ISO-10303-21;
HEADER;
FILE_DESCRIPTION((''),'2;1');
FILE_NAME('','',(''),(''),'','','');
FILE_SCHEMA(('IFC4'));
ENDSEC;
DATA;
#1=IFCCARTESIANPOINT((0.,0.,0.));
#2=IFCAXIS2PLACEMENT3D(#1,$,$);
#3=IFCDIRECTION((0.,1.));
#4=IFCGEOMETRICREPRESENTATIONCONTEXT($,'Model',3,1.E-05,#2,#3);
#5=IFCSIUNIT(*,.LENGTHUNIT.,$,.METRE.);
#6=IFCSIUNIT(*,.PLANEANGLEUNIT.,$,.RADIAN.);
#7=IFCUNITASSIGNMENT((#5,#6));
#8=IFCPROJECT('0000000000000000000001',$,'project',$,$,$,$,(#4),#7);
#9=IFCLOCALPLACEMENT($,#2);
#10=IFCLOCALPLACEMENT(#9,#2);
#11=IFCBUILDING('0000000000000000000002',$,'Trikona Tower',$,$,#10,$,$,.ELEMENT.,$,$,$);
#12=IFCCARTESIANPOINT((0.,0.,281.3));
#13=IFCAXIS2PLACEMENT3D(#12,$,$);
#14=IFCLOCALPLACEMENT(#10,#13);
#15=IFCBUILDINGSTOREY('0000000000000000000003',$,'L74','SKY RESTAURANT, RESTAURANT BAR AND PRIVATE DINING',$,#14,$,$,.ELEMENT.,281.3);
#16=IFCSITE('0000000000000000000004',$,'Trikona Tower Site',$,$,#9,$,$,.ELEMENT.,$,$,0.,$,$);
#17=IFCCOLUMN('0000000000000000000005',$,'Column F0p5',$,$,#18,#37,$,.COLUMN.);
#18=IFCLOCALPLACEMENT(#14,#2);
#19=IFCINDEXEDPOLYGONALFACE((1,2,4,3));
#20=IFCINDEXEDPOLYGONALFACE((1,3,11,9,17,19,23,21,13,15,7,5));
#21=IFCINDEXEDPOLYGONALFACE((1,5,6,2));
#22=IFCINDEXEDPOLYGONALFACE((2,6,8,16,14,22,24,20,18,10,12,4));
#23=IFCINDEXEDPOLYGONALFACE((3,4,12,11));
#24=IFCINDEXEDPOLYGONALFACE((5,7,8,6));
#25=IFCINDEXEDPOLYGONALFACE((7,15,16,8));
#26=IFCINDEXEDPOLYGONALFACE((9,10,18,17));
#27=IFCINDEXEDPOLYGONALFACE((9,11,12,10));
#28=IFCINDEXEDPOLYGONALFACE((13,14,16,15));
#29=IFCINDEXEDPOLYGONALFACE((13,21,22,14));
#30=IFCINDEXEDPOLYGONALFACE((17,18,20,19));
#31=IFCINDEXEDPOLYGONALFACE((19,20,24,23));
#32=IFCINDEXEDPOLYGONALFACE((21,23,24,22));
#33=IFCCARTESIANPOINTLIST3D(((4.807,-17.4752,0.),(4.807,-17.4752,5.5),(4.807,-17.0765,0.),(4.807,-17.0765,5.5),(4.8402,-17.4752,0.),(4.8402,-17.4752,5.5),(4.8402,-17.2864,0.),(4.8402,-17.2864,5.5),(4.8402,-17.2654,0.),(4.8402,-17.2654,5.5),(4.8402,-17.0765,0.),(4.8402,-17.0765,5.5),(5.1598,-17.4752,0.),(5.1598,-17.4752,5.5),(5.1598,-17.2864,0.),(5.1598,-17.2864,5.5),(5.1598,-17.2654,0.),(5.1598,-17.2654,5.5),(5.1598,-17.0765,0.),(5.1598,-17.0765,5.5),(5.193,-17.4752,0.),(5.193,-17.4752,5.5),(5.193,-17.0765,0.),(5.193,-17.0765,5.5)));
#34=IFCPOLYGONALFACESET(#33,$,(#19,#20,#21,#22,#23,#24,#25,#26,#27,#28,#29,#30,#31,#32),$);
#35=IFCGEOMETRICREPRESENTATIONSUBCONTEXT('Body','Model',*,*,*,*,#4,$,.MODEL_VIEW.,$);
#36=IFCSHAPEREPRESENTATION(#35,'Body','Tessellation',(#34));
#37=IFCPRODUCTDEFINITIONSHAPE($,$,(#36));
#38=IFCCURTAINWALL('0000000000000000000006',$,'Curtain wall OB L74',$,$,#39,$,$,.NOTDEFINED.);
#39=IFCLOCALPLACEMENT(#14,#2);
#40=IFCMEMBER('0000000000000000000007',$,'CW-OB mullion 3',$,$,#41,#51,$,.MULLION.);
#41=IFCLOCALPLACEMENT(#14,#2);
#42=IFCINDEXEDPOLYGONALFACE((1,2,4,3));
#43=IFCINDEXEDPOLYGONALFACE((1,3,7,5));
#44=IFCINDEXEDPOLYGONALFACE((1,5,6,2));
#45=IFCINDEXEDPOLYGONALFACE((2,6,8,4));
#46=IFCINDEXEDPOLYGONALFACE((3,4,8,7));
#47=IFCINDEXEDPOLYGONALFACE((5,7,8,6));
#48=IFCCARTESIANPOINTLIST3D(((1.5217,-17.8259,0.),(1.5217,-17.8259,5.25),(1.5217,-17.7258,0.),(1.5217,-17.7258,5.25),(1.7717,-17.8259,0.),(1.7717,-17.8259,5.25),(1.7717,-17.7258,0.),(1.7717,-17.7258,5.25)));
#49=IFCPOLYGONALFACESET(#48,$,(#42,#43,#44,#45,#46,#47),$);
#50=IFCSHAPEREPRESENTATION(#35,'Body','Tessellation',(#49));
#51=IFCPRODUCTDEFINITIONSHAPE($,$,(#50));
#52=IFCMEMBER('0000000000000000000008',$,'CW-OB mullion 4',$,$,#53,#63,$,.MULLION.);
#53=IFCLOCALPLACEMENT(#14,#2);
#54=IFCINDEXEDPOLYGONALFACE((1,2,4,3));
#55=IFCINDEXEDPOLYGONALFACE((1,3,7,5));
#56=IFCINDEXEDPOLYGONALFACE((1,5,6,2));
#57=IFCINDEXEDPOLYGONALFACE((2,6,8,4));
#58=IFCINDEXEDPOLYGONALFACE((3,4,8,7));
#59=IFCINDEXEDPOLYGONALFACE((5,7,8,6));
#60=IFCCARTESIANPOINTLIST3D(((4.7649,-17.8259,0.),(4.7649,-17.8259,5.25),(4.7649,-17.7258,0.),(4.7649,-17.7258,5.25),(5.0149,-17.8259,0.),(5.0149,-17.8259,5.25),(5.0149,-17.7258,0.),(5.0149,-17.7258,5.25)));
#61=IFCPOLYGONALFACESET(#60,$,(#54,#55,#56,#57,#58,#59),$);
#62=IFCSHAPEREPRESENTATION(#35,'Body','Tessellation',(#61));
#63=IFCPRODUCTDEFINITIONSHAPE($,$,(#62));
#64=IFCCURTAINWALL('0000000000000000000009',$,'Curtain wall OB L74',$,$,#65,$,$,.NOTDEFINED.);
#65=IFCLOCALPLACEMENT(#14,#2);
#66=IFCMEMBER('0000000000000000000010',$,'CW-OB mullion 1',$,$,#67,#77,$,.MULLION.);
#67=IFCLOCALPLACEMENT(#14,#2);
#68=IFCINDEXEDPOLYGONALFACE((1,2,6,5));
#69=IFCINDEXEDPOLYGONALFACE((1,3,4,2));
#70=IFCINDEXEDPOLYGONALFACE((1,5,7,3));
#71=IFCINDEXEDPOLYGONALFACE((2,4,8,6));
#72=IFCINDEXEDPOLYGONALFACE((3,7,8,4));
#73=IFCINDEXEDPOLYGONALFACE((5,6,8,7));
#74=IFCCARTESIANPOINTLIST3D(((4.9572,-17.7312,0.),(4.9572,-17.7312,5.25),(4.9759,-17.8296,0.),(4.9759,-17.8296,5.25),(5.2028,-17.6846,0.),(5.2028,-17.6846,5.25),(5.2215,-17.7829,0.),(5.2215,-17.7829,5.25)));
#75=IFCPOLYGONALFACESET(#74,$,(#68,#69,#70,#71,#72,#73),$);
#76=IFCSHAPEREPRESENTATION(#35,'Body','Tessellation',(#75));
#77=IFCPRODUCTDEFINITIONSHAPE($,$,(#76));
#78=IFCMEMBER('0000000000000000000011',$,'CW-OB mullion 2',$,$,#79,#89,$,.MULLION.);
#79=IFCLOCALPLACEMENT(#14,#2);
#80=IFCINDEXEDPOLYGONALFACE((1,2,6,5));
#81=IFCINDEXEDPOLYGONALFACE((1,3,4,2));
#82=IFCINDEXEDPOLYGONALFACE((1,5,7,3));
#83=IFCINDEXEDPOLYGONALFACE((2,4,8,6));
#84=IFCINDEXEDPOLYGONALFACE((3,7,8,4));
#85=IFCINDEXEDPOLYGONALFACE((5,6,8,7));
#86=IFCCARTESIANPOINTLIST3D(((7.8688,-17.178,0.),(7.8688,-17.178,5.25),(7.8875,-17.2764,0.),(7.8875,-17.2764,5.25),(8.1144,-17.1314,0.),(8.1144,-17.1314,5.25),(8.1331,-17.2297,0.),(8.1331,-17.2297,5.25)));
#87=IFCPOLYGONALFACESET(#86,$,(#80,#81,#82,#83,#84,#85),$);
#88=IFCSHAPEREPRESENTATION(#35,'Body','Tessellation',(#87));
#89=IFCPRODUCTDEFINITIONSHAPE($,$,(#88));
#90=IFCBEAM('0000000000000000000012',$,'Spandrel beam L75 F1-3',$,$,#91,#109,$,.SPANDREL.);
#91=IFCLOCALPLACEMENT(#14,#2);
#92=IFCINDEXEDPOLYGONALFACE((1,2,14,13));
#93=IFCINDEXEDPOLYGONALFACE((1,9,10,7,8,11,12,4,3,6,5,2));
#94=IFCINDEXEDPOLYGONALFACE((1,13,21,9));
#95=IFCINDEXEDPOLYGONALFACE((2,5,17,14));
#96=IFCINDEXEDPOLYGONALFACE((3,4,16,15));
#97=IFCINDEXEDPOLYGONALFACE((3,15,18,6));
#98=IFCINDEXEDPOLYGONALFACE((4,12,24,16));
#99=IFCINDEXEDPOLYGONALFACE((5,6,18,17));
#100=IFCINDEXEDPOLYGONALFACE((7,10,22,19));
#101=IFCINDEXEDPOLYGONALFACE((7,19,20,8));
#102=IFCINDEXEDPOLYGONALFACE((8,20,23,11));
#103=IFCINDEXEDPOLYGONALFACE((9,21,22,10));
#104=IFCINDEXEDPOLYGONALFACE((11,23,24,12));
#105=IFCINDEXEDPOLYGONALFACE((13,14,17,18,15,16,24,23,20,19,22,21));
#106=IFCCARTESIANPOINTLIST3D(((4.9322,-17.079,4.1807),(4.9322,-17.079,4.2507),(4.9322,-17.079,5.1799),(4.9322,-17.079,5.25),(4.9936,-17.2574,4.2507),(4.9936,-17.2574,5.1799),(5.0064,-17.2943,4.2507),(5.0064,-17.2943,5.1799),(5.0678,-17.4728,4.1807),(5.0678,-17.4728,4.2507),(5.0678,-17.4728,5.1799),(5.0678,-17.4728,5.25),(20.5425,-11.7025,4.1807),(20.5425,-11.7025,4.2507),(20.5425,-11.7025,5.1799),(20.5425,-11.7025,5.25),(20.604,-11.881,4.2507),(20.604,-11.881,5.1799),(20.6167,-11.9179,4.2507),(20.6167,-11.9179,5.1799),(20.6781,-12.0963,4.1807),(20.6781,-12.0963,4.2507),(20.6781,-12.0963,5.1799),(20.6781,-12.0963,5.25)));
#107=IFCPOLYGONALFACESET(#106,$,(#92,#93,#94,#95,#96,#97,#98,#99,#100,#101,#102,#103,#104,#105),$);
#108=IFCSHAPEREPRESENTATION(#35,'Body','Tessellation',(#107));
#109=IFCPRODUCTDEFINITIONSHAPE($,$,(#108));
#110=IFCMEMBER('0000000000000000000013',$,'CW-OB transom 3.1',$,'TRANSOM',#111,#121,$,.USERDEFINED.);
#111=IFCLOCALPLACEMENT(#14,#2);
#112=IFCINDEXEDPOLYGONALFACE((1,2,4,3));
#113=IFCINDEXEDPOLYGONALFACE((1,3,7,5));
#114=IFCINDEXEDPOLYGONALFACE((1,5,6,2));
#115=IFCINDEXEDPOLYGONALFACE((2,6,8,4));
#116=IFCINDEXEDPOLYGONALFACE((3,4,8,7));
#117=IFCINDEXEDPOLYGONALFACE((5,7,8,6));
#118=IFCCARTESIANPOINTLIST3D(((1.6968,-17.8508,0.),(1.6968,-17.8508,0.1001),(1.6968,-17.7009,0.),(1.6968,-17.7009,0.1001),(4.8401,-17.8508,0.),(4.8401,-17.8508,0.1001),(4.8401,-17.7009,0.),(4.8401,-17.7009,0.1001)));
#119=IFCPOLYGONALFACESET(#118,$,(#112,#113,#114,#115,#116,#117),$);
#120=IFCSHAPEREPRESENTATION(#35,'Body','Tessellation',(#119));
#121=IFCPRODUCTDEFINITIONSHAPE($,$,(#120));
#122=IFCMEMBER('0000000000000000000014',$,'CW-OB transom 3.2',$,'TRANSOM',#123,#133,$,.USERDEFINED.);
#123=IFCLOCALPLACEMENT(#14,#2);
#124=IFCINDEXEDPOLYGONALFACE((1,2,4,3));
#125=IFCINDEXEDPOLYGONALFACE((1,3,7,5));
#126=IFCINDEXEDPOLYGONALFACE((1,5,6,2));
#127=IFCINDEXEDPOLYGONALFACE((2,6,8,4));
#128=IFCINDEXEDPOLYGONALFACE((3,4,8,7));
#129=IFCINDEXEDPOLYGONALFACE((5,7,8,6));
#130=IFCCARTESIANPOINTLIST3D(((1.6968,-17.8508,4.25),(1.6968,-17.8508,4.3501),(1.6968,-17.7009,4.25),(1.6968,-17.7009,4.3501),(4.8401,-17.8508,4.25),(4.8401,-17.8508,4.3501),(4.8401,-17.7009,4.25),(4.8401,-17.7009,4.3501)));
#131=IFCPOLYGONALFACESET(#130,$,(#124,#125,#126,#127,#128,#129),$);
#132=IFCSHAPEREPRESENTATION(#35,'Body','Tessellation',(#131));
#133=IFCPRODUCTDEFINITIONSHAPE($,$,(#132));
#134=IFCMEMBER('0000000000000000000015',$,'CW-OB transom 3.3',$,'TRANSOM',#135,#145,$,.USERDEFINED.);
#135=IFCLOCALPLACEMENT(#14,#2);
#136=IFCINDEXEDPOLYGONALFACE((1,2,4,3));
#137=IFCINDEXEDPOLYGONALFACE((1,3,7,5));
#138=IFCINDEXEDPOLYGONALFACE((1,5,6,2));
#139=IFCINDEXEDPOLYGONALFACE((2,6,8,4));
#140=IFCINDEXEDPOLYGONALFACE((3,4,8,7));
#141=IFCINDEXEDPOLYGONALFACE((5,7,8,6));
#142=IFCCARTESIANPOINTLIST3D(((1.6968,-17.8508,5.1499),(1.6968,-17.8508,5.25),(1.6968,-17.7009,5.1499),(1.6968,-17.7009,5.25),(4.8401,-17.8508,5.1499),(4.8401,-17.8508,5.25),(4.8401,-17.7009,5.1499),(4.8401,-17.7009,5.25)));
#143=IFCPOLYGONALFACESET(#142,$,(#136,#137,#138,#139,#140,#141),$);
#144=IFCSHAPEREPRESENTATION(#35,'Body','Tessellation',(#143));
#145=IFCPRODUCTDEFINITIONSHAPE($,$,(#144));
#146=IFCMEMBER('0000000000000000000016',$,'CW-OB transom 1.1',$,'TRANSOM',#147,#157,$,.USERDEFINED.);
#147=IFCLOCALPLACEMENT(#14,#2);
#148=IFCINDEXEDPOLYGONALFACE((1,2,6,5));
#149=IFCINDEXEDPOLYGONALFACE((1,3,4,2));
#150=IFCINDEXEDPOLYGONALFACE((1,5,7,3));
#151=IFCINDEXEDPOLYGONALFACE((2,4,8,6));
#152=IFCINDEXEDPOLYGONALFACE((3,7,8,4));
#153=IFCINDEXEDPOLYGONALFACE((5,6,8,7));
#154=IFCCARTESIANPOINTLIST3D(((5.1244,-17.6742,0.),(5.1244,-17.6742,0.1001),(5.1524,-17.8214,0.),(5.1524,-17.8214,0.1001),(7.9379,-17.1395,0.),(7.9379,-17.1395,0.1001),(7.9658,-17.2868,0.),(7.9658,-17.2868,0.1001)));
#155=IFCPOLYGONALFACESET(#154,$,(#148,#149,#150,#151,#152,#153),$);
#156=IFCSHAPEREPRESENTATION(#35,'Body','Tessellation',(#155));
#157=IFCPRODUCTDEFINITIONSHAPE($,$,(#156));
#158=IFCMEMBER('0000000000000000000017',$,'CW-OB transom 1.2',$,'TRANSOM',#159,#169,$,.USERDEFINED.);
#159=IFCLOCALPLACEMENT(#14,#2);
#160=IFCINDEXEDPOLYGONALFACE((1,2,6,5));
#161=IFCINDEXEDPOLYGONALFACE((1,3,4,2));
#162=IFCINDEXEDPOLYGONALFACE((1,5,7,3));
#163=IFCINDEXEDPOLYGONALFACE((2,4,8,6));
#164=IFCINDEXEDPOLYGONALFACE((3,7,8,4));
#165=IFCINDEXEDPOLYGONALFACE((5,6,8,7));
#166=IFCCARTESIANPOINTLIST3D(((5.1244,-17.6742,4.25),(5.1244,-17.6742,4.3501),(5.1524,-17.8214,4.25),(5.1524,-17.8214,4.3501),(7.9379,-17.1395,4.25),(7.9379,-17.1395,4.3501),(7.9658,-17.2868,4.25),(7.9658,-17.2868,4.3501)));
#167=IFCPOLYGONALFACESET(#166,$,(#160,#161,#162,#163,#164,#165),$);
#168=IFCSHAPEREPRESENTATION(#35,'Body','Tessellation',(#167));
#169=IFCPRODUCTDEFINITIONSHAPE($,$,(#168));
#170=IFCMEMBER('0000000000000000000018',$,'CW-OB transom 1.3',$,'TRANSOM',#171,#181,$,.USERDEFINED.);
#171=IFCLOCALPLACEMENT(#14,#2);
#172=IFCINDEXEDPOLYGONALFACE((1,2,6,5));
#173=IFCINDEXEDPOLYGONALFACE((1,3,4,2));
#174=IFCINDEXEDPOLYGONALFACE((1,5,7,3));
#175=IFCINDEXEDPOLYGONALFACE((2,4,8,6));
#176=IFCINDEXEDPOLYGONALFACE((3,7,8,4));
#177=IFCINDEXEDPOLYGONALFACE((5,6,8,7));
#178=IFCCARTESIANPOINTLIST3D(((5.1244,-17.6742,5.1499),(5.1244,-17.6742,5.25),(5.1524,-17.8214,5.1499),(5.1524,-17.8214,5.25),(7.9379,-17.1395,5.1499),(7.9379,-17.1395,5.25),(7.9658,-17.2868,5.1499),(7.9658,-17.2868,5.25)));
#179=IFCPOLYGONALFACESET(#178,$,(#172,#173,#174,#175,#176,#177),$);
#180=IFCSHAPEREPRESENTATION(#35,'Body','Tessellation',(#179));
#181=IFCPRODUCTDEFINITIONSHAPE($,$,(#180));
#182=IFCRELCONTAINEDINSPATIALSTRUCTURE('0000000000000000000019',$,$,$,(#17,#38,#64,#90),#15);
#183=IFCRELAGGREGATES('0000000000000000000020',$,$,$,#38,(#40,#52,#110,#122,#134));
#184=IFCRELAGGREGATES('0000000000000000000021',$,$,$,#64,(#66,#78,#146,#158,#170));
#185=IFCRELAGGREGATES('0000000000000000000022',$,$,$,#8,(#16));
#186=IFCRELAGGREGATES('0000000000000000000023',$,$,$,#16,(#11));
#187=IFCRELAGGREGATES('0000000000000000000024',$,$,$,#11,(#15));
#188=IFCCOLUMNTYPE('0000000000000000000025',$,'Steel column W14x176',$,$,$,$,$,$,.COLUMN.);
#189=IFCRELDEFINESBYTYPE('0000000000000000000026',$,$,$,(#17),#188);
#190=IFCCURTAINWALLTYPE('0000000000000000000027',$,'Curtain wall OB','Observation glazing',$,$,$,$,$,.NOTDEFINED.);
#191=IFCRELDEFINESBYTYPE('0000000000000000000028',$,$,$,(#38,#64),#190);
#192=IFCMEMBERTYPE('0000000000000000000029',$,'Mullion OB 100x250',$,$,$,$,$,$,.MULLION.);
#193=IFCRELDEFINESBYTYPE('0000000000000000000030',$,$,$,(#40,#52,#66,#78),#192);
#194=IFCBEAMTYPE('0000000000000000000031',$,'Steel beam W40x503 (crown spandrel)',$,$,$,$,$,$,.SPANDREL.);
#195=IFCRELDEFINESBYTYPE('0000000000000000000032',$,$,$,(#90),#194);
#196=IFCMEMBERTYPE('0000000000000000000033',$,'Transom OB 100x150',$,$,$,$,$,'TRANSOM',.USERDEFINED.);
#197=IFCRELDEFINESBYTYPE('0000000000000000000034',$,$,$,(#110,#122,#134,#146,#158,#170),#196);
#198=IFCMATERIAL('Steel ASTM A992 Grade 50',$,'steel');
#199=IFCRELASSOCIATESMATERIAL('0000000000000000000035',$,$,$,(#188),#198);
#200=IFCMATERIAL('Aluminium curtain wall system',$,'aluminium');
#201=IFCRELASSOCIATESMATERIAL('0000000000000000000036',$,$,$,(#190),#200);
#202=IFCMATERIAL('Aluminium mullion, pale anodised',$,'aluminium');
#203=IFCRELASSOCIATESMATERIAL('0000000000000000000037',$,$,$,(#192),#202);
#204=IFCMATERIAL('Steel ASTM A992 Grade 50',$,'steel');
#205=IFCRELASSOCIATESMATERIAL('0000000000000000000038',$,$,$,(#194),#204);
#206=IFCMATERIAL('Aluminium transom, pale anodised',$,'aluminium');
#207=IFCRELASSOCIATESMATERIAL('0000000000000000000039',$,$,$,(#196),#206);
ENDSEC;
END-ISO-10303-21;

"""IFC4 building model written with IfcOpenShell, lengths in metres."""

from ifc_helpers import new_model, si_unit, direction, frame, origin, origin_2d, place, context, subcontext, project, spatial, rectangle, i_section, extrude, material, material_profile, profile_set, type_object, element, aggregate, save


model = new_model("IFC4")

# Units and contexts
model_context = context("Model", 3, precision=1e-05, world=origin(), true_north=direction((0.0, 1.0)))
body_context = subcontext(model_context, "Body", "Model", "MODEL_VIEW")
ifc_project = project(units=[si_unit("LENGTHUNIT", "METRE"), si_unit("PLANEANGLEUNIT", "RADIAN")], contexts=[model_context])

# Site, building, storey
site_placement = place(None, origin())
site = spatial("IfcSite", under=ifc_project, at=site_placement, Name="Trikona Tower Site", CompositionType="ELEMENT", RefElevation=0.0)
building_placement = place(site_placement, origin())
building = spatial("IfcBuilding", under=site, at=building_placement, Name="Trikona Tower", CompositionType="ELEMENT")
storey_placement = place(building_placement, frame((0.0, 0.0, 281.3)))
storey = spatial("IfcBuildingStorey", under=building, at=storey_placement, Name="L74", Description="SKY RESTAURANT, RESTAURANT BAR AND PRIVATE DINING", CompositionType="ELEMENT", Elevation=281.3)

# Column
ifc_material_1 = material(Name="Steel ASTM A992 Grade 50", Category="steel")
ifc_material_profile_1 = material_profile(ifc_material_1, i_section(OverallWidth=0.3987, OverallDepth=0.386, WebThickness=0.021, FlangeThickness=0.0332, at=origin_2d()), Name="W14X176")
ifc_profile_set_1 = profile_set([ifc_material_profile_1], Name="Steel ASTM A992 Grade 50")
column_type = type_object("IfcColumnType", Name="Steel column W14x176", PredefinedType="COLUMN", material=ifc_profile_set_1)
column_placement = place(storey_placement, frame((5.0, -17.2759, 0.0), z_axis=(0.0, 0.0, 1.0), x_axis=(0.0, -1.0, 0.0)))
element("IfcColumn", 1, at=column_placement, inside=storey, type_object=column_type, Name="Column F0p5", PredefinedType="COLUMN", context=body_context, shape_type="SweptSolid", body=[
    extrude(i_section(OverallWidth=0.3987, OverallDepth=0.386, WebThickness=0.021, FlangeThickness=0.0332, at=origin_2d()), origin(), (0.0, 0.0, 1.0), 5.5),
])

# Curtain walls, members
ifc_material_2 = material(Name="Aluminium curtain wall system", Category="aluminium")
curtain_wall_type = type_object("IfcCurtainWallType", Name="Curtain wall OB", Description="Observation glazing", PredefinedType="NOTDEFINED", material=ifc_material_2)
curtain_wall_1_placement = place(storey_placement, origin())
curtain_wall_1 = element("IfcCurtainWall", 2, at=curtain_wall_1_placement, inside=storey, type_object=curtain_wall_type, Name="Curtain wall OB L74", PredefinedType="NOTDEFINED")
ifc_material_3 = material(Name="Aluminium mullion, pale anodised", Category="aluminium")
ifc_material_profile_2 = material_profile(ifc_material_3, rectangle(XDim=0.1001, YDim=0.25, at=origin_2d()), Name="MUL-OB")
ifc_profile_set_2 = profile_set([ifc_material_profile_2], Name="Aluminium mullion, pale anodised")
member_type_1 = type_object("IfcMemberType", Name="Mullion OB 100x250", PredefinedType="MULLION", material=ifc_profile_set_2)
member_1_placement = place(storey_placement, frame((1.6467, -17.7759, 0.0), z_axis=(0.0, 0.0, 1.0), x_axis=(0.0, 1.0, 0.0)))
member_1 = element("IfcMember", 3, at=member_1_placement, type_object=member_type_1, Name="CW-OB mullion 3", PredefinedType="MULLION", context=body_context, shape_type="SweptSolid", body=[
    extrude(rectangle(XDim=0.1001, YDim=0.25, at=origin_2d()), origin(), (0.0, 0.0, 1.0), 5.25),
])
member_2_placement = place(storey_placement, frame((4.8899, -17.7759, 0.0), z_axis=(0.0, 0.0, 1.0), x_axis=(0.0, 1.0, 0.0)))
member_2 = element("IfcMember", 4, at=member_2_placement, type_object=member_type_1, Name="CW-OB mullion 4", PredefinedType="MULLION", context=body_context, shape_type="SweptSolid", body=[
    extrude(rectangle(XDim=0.1001, YDim=0.25, at=origin_2d()), origin(), (0.0, 0.0, 1.0), 5.25),
])
curtain_wall_2_placement = place(storey_placement, origin())
curtain_wall_2 = element("IfcCurtainWall", 5, at=curtain_wall_2_placement, inside=storey, type_object=curtain_wall_type, Name="Curtain wall OB L74", PredefinedType="NOTDEFINED")
member_3_placement = place(storey_placement, frame((5.0894, -17.7571, 0.0), z_axis=(0.0, 0.0, 1.0), x_axis=(-0.186661, 0.982424, 0.0)))
member_3 = element("IfcMember", 6, at=member_3_placement, type_object=member_type_1, Name="CW-OB mullion 1", PredefinedType="MULLION", context=body_context, shape_type="SweptSolid", body=[
    extrude(rectangle(XDim=0.1001, YDim=0.25, at=origin_2d()), origin(), (0.0, 0.0, 1.0), 5.25),
])
member_4_placement = place(storey_placement, frame((8.001, -17.2039, 0.0), z_axis=(0.0, 0.0, 1.0), x_axis=(-0.186661, 0.982424, 0.0)))
member_4 = element("IfcMember", 7, at=member_4_placement, type_object=member_type_1, Name="CW-OB mullion 2", PredefinedType="MULLION", context=body_context, shape_type="SweptSolid", body=[
    extrude(rectangle(XDim=0.1001, YDim=0.25, at=origin_2d()), origin(), (0.0, 0.0, 1.0), 5.25),
])

# Beam
ifc_material_4 = material(Name="Steel ASTM A992 Grade 50", Category="steel")
ifc_material_profile_3 = material_profile(ifc_material_4, i_section(OverallWidth=0.4165, OverallDepth=1.0693, WebThickness=0.0391, FlangeThickness=0.0701, at=origin_2d()), Name="W40X503")
ifc_profile_set_3 = profile_set([ifc_material_profile_3], Name="Steel ASTM A992 Grade 50")
beam_type = type_object("IfcBeamType", Name="Steel beam W40x503 (crown spandrel)", PredefinedType="SPANDREL", material=ifc_profile_set_3)
beam_placement = place(storey_placement, frame((5.0, -17.2759, 4.7153), z_axis=(0.945493, 0.325643, 0.0), x_axis=(-0.325643, 0.945493, 0.0)))
element("IfcBeam", 8, at=beam_placement, inside=storey, type_object=beam_type, Name="Spandrel beam L75 F1-3", PredefinedType="SPANDREL", context=body_context, shape_type="SweptSolid", body=[
    extrude(i_section(OverallWidth=0.4165, OverallDepth=1.0693, WebThickness=0.0391, FlangeThickness=0.0701, at=origin_2d()), origin(), (0.0, 0.0, 1.0), 16.5103),
])

# Members
ifc_material_5 = material(Name="Aluminium transom, pale anodised", Category="aluminium")
ifc_material_profile_4 = material_profile(ifc_material_5, rectangle(XDim=0.1499, YDim=0.1001, at=origin_2d()), Name="TRN-OB")
ifc_profile_set_4 = profile_set([ifc_material_profile_4], Name="Aluminium transom, pale anodised")
member_type_2 = type_object("IfcMemberType", Name="Transom OB 100x150", ElementType="TRANSOM", PredefinedType="USERDEFINED", material=ifc_profile_set_4)
member_5_placement = place(storey_placement, frame((1.6968, -17.7759, 0.05), z_axis=(1.0, 0.0, 0.0), x_axis=(0.0, 1.0, 0.0)))
member_5 = element("IfcMember", 9, at=member_5_placement, type_object=member_type_2, Name="CW-OB transom 3.1", ObjectType="TRANSOM", PredefinedType="USERDEFINED", context=body_context, shape_type="SweptSolid", body=[
    extrude(rectangle(XDim=0.1499, YDim=0.1001, at=origin_2d()), origin(), (0.0, 0.0, 1.0), 3.1433),
])
member_6_placement = place(storey_placement, frame((1.6968, -17.7759, 4.3), z_axis=(1.0, 0.0, 0.0), x_axis=(0.0, 1.0, 0.0)))
member_6 = element("IfcMember", 10, at=member_6_placement, type_object=member_type_2, Name="CW-OB transom 3.2", ObjectType="TRANSOM", PredefinedType="USERDEFINED", context=body_context, shape_type="SweptSolid", body=[
    extrude(rectangle(XDim=0.1499, YDim=0.1001, at=origin_2d()), origin(), (0.0, 0.0, 1.0), 3.1433),
])
member_7_placement = place(storey_placement, frame((1.6968, -17.7759, 5.2), z_axis=(1.0, 0.0, 0.0), x_axis=(0.0, 1.0, 0.0)))
member_7 = element("IfcMember", 11, at=member_7_placement, type_object=member_type_2, Name="CW-OB transom 3.3", ObjectType="TRANSOM", PredefinedType="USERDEFINED", context=body_context, shape_type="SweptSolid", body=[
    extrude(rectangle(XDim=0.1499, YDim=0.1001, at=origin_2d()), origin(), (0.0, 0.0, 1.0), 3.1433),
])
member_8_placement = place(storey_placement, frame((5.1384, -17.7478, 0.05), z_axis=(0.982418, 0.186697, 0.0), x_axis=(-0.186697, 0.982418, 0.0)))
member_8 = element("IfcMember", 12, at=member_8_placement, type_object=member_type_2, Name="CW-OB transom 1.1", ObjectType="TRANSOM", PredefinedType="USERDEFINED", context=body_context, shape_type="SweptSolid", body=[
    extrude(rectangle(XDim=0.1499, YDim=0.1001, at=origin_2d()), origin(), (0.0, 0.0, 1.0), 2.8638),
])
member_9_placement = place(storey_placement, frame((5.1384, -17.7478, 4.3), z_axis=(0.982418, 0.186697, 0.0), x_axis=(-0.186697, 0.982418, 0.0)))
member_9 = element("IfcMember", 13, at=member_9_placement, type_object=member_type_2, Name="CW-OB transom 1.2", ObjectType="TRANSOM", PredefinedType="USERDEFINED", context=body_context, shape_type="SweptSolid", body=[
    extrude(rectangle(XDim=0.1499, YDim=0.1001, at=origin_2d()), origin(), (0.0, 0.0, 1.0), 2.8638),
])
member_10_placement = place(storey_placement, frame((5.1384, -17.7478, 5.2), z_axis=(0.982418, 0.186697, 0.0), x_axis=(-0.186697, 0.982418, 0.0)))
member_10 = element("IfcMember", 14, at=member_10_placement, type_object=member_type_2, Name="CW-OB transom 1.3", ObjectType="TRANSOM", PredefinedType="USERDEFINED", context=body_context, shape_type="SweptSolid", body=[
    extrude(rectangle(XDim=0.1499, YDim=0.1001, at=origin_2d()), origin(), (0.0, 0.0, 1.0), 2.8638),
])

aggregate(curtain_wall_1, [member_1, member_2, member_5, member_6, member_7])
aggregate(curtain_wall_2, [member_3, member_4, member_8, member_9, member_10])

save(model, "model.ifc")
